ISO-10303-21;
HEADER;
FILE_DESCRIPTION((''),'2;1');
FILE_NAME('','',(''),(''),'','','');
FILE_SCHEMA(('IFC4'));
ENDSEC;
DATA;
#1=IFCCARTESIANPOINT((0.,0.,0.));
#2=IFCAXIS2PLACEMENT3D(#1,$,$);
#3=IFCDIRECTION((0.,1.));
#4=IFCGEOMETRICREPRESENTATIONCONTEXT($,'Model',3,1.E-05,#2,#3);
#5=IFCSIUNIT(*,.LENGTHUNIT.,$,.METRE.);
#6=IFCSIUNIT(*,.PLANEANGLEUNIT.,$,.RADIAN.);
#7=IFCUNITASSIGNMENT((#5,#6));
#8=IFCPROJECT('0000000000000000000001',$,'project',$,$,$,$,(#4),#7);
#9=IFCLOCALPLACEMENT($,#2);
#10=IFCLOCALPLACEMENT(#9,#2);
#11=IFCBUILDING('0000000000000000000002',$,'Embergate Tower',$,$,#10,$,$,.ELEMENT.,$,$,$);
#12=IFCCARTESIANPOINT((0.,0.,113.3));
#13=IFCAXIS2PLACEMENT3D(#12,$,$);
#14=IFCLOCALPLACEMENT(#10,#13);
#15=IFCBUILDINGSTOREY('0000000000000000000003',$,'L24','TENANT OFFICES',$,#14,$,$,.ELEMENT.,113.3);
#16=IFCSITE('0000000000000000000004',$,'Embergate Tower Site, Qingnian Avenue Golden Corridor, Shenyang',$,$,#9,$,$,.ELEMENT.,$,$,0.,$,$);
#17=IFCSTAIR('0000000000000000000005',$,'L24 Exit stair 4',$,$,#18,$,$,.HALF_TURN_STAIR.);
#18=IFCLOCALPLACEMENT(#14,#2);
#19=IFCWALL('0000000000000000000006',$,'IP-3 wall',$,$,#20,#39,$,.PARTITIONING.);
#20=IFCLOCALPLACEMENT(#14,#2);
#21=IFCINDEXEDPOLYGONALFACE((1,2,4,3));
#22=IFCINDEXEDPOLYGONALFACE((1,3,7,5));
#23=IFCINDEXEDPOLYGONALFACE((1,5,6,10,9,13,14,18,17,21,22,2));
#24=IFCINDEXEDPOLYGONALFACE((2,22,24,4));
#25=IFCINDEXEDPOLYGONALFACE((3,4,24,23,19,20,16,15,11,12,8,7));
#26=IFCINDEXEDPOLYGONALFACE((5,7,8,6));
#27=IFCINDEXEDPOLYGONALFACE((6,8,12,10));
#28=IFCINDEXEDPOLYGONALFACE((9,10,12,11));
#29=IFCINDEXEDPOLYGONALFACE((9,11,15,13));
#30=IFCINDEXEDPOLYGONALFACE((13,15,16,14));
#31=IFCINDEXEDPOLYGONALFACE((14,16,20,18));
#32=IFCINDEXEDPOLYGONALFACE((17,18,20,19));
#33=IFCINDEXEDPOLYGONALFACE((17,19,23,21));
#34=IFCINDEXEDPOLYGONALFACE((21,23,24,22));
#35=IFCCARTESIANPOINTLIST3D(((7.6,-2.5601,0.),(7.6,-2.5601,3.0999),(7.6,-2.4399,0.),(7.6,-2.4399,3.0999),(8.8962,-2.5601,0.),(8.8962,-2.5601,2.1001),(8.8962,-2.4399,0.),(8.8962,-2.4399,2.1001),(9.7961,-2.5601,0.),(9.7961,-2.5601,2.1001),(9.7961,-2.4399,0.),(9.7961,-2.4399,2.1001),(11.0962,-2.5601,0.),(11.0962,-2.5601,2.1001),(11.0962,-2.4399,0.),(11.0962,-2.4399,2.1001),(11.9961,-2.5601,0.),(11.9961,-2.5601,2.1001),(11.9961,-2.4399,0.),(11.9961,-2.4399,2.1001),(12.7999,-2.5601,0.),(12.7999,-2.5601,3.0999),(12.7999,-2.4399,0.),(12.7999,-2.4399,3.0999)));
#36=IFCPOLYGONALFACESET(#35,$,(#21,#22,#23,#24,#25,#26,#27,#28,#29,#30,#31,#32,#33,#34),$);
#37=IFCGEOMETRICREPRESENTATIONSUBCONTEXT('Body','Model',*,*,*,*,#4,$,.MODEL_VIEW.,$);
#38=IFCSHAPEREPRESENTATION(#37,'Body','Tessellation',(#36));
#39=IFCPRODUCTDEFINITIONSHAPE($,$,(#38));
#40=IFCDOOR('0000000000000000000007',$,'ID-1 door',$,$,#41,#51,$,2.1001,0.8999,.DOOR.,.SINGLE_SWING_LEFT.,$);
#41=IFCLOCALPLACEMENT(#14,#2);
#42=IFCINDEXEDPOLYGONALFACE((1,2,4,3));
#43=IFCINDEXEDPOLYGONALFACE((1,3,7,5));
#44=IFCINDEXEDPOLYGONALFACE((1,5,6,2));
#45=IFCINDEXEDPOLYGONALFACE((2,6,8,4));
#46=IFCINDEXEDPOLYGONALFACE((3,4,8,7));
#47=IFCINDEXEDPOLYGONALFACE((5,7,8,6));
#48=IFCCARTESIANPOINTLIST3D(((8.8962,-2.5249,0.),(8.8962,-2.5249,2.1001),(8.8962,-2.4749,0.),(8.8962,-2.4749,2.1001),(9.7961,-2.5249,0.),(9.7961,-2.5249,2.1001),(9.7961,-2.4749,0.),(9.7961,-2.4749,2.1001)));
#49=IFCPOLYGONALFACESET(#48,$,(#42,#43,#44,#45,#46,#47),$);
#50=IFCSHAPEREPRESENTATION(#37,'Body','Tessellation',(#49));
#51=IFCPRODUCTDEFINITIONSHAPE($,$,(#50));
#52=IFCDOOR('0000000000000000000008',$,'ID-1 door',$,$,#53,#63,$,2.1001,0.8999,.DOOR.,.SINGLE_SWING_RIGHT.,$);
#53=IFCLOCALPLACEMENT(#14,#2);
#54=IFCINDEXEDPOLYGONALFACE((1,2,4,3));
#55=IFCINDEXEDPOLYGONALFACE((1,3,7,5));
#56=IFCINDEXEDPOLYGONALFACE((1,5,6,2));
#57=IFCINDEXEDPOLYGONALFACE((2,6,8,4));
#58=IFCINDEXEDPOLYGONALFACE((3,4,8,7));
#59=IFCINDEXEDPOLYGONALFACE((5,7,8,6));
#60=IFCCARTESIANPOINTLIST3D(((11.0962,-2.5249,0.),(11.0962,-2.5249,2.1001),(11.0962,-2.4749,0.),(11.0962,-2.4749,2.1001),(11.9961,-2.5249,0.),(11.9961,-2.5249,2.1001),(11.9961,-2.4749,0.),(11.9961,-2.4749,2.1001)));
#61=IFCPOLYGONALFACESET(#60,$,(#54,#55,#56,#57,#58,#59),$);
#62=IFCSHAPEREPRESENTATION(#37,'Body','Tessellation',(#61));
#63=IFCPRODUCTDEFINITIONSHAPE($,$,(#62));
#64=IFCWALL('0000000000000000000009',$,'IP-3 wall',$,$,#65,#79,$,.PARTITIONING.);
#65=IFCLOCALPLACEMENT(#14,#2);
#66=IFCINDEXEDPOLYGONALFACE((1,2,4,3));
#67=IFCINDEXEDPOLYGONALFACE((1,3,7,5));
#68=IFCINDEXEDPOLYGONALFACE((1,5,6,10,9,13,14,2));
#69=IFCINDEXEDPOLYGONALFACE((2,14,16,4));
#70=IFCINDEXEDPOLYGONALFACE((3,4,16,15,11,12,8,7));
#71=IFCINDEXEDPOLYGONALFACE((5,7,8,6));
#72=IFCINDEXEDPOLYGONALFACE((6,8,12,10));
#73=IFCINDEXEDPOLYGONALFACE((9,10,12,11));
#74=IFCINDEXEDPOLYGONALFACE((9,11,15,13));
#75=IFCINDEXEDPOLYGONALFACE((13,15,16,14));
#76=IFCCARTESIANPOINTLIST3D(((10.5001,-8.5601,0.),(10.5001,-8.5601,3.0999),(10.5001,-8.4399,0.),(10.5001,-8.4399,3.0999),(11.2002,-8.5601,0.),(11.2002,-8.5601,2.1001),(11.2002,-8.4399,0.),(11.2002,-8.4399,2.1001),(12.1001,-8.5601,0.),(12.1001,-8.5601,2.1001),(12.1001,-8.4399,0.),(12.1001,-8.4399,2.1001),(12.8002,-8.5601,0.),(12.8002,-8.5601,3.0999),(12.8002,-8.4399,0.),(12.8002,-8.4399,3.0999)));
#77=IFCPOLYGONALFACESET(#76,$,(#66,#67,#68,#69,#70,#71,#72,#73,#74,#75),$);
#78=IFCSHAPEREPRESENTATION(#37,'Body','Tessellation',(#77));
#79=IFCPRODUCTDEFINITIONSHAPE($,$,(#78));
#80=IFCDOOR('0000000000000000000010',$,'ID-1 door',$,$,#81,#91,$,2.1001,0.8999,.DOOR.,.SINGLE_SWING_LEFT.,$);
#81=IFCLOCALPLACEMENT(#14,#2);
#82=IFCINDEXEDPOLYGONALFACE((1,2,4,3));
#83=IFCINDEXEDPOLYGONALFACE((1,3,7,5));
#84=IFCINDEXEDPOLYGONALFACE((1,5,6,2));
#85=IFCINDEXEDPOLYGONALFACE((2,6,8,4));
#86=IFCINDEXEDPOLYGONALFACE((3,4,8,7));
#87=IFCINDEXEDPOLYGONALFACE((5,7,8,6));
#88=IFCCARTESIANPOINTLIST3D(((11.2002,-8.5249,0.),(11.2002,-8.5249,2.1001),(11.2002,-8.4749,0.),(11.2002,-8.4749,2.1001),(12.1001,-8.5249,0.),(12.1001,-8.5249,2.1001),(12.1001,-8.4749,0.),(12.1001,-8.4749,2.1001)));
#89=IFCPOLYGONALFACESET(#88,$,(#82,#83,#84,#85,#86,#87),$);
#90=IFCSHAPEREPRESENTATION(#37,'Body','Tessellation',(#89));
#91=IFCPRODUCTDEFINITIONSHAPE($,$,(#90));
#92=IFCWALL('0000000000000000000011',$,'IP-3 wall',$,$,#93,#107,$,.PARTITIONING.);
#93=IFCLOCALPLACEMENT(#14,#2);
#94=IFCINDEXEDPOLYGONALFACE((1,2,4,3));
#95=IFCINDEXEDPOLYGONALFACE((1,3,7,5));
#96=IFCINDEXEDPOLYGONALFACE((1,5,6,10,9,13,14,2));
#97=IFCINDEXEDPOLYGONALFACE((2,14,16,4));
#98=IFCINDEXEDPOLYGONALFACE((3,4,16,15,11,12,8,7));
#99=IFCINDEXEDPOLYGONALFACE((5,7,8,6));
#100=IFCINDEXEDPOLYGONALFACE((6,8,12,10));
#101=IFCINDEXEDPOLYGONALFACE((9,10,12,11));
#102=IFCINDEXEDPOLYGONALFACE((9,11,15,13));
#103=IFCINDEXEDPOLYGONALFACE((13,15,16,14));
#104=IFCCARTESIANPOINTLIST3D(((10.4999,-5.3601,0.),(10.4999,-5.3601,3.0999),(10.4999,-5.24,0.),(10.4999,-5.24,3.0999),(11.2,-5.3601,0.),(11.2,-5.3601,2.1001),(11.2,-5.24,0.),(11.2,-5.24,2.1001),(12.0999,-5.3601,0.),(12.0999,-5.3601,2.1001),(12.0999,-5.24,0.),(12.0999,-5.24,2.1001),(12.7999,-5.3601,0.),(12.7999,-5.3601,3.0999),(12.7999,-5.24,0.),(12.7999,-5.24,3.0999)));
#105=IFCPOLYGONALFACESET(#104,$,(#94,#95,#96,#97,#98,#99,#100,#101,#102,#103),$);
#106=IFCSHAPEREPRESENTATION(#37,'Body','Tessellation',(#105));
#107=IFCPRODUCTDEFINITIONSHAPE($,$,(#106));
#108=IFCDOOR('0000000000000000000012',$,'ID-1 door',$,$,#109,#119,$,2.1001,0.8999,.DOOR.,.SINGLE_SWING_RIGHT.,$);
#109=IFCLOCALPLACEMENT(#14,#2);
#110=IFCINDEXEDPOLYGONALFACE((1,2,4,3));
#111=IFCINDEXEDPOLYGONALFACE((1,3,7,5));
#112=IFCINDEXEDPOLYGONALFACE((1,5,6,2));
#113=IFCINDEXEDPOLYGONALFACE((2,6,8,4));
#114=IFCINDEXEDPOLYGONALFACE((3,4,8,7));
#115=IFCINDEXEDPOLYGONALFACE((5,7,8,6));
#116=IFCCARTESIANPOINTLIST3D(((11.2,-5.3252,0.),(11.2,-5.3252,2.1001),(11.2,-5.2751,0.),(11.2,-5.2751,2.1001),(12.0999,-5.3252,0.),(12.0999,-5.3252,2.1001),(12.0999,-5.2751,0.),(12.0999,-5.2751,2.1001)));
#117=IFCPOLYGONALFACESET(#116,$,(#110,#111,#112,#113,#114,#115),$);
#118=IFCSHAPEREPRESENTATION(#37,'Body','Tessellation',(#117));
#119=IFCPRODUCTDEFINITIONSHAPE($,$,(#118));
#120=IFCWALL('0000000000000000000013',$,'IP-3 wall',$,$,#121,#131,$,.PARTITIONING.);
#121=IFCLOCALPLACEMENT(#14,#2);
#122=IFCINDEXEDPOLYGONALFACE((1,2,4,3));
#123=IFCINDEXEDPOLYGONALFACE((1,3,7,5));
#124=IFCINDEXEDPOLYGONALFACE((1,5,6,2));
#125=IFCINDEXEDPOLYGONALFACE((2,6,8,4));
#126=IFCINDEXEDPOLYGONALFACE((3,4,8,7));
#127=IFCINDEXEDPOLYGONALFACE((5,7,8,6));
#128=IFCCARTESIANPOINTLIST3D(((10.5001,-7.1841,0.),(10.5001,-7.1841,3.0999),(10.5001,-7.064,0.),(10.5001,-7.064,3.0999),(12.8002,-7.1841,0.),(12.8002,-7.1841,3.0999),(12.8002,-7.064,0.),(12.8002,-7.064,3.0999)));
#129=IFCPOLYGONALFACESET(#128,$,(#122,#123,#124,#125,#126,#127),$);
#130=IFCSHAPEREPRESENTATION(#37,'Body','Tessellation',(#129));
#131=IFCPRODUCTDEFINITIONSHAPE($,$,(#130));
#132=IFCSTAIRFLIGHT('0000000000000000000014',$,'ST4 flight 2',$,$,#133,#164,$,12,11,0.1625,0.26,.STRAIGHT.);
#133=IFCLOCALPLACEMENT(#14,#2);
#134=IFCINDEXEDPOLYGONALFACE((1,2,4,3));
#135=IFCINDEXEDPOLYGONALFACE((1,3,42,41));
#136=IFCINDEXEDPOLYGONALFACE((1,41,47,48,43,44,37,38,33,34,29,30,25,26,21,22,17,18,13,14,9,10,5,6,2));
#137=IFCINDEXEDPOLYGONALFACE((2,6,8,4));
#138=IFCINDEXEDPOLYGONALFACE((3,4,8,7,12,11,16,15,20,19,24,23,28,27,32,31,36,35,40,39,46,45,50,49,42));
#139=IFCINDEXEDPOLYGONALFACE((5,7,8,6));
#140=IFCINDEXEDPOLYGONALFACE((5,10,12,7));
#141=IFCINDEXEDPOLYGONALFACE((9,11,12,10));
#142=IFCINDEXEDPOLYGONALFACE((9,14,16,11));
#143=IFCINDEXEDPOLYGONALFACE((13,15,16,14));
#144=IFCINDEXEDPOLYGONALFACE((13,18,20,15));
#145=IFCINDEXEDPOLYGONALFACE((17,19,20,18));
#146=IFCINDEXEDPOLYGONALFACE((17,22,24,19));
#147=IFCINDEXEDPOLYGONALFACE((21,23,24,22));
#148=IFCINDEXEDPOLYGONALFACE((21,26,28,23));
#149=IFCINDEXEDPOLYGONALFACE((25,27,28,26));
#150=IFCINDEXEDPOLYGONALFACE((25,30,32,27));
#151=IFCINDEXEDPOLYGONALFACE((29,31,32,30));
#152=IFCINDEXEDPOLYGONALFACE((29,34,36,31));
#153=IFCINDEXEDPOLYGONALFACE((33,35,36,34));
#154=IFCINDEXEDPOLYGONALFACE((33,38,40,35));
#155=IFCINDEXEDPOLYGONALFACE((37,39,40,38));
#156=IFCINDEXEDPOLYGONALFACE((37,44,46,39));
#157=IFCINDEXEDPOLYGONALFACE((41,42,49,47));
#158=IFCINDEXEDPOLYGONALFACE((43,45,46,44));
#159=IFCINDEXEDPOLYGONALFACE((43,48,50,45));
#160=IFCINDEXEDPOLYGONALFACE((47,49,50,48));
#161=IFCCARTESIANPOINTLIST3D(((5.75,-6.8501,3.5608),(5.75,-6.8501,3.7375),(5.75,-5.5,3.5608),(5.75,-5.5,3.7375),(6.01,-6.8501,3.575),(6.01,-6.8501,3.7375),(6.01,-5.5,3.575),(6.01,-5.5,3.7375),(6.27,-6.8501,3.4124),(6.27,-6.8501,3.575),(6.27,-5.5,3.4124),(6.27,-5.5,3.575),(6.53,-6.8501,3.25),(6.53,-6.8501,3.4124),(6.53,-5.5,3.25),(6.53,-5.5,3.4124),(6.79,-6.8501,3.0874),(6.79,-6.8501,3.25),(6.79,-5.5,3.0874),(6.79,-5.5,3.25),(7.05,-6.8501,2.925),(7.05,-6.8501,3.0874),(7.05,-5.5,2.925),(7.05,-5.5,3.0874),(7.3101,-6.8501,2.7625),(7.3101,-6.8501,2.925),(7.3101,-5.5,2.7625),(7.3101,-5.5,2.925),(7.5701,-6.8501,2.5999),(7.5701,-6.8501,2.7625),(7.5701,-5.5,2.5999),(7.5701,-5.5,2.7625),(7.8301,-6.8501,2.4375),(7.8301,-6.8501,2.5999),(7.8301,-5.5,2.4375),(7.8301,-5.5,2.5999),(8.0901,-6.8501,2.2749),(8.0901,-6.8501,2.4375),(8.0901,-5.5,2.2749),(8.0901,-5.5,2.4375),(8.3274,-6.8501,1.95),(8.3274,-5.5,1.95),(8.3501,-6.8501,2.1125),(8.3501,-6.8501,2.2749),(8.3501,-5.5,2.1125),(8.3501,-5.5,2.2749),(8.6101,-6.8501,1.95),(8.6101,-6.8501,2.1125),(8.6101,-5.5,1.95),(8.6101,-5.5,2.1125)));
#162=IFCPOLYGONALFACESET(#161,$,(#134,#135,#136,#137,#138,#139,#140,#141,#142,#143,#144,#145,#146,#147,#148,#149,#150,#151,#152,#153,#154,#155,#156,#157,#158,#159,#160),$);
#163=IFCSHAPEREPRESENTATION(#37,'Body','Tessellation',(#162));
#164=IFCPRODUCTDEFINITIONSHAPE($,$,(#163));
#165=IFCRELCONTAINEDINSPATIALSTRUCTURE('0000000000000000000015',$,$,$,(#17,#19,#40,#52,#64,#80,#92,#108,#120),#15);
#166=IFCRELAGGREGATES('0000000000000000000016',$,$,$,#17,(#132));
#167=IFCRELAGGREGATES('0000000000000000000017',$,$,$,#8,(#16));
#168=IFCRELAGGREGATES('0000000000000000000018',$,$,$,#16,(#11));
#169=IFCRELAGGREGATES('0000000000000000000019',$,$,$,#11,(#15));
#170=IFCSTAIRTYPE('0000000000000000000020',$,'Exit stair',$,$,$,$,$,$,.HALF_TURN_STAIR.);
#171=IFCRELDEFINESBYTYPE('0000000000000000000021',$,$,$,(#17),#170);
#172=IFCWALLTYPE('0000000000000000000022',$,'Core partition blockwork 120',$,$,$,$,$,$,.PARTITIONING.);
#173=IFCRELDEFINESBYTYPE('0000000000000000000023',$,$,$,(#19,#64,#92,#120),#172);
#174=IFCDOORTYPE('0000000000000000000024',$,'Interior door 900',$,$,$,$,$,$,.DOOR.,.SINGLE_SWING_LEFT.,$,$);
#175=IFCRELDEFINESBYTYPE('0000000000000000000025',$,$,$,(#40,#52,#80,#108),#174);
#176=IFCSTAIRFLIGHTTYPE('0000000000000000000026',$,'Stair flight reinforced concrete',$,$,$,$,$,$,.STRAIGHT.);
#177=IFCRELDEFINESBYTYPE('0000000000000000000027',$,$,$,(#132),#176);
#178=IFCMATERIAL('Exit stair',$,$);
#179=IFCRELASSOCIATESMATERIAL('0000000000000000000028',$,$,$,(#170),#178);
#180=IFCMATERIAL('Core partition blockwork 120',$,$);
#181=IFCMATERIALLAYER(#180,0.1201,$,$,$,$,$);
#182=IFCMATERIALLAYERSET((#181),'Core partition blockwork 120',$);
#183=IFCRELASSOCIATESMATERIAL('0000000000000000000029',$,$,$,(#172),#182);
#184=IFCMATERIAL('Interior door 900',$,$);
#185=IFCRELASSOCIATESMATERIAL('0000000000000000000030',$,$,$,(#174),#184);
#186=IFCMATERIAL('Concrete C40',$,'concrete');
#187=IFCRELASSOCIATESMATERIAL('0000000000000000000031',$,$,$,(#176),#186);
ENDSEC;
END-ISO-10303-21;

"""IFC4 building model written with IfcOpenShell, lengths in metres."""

from ifc_helpers import new_model, si_unit, direction, frame, frame_2d, origin, place, context, subcontext, project, spatial, polyline, rectangle, outline, extrude, source, transform, mapped, material, layer, layer_set, type_object, element, fill, aggregate, save


model = new_model("IFC4")

# Units and contexts
model_context = context("Model", 3, precision=1e-05, world=origin(), true_north=direction((0.0, 1.0)))
body_context = subcontext(model_context, "Body", "Model", "MODEL_VIEW")
ifc_project = project(units=[si_unit("LENGTHUNIT", "METRE"), si_unit("PLANEANGLEUNIT", "RADIAN")], contexts=[model_context])

# Site, building, storey
site_placement = place(None, origin())
site = spatial("IfcSite", under=ifc_project, at=site_placement, Name="Embergate Tower Site, Qingnian Avenue Golden Corridor, Shenyang", CompositionType="ELEMENT", RefElevation=0.0)
building_placement = place(site_placement, origin())
building = spatial("IfcBuilding", under=site, at=building_placement, Name="Embergate Tower", CompositionType="ELEMENT")
storey_placement = place(building_placement, frame((0.0, 0.0, 113.3)))
storey = spatial("IfcBuildingStorey", under=building, at=storey_placement, Name="L24", Description="TENANT OFFICES", CompositionType="ELEMENT", Elevation=113.3)

# Stair
ifc_material_1 = material(Name="Exit stair")
stair_type = type_object("IfcStairType", Name="Exit stair", PredefinedType="HALF_TURN_STAIR", material=ifc_material_1)
stair_placement = place(storey_placement, origin())
stair = element("IfcStair", 1, at=stair_placement, inside=storey, type_object=stair_type, Name="L24 Exit stair 4", PredefinedType="HALF_TURN_STAIR")
ifc_material_2 = material(Name="Concrete C40", Category="concrete")

# Shared definitions
ifc_material_3 = material(Name="Core partition blockwork 120")
ifc_layer_1 = layer(ifc_material_3, 0.1201)
ifc_layer_set_1 = layer_set([ifc_layer_1], Name="Core partition blockwork 120")
wall_type_1 = type_object("IfcWallType", Name="Core partition blockwork 120", PredefinedType="PARTITIONING", material=ifc_layer_set_1)
shared_shape_1 = source(origin(), body_context, "Body", "SweptSolid", [
    extrude(rectangle(XDim=0.8999, YDim=2.1001, at=frame_2d((0.45, 1.05))), frame((0.0, 0.0701, 0.0), z_axis=(0.0, -1.0, 0.0), x_axis=(1.0, 0.0, 0.0)), (0.0, 0.0, 1.0), 0.1401),
])
ifc_material_4 = material(Name="Interior door 900")
door_type_1 = type_object("IfcDoorType", Name="Interior door 900", OperationType="SINGLE_SWING_LEFT", PredefinedType="DOOR", material=ifc_material_4)
shared_shape_2 = source(origin(), body_context, "Body", "SweptSolid", [
    extrude(rectangle(XDim=0.8999, YDim=2.1001, at=frame_2d((0.45, 1.05))), frame((0.0, 0.0249, 0.0), z_axis=(0.0, -1.0, 0.0), x_axis=(1.0, 0.0, 0.0)), (0.0, 0.0, 1.0), 0.05),
])

# Wall, openings, doors
shared_shape_3 = source(origin(), body_context, "Body", "SweptSolid", [
    extrude(rectangle(XDim=5.2, YDim=0.1201, at=frame_2d((2.6001, 0.0))), origin(), (0.0, 0.0, 1.0), 3.0999),
])
wall_1_placement = place(storey_placement, frame((12.8, -2.5, 0.0), z_axis=(0.0, 0.0, 1.0), x_axis=(-1.0, 0.0, 0.0)))
wall_1 = element("IfcWall", 2, at=wall_1_placement, inside=storey, type_object=wall_type_1, Name="IP-3 wall", PredefinedType="PARTITIONING", context=body_context, shape_type="MappedRepresentation", body=[
    mapped(shared_shape_3, transform((0.0, 0.0, 0.0))),
])
opening_1_placement = place(wall_1_placement, frame((3.0039, 0.0, 0.0)))
opening_1 = element("IfcOpeningElement", 3, at=opening_1_placement, cuts=wall_1, PredefinedType="OPENING", context=body_context, shape_type="MappedRepresentation", body=[
    mapped(shared_shape_1, transform((0.0, 0.0, 0.0))),
])
opening_2_placement = place(wall_1_placement, frame((0.804, 0.0, 0.0)))
opening_2 = element("IfcOpeningElement", 4, at=opening_2_placement, cuts=wall_1, PredefinedType="OPENING", context=body_context, shape_type="MappedRepresentation", body=[
    mapped(shared_shape_1, transform((0.0, 0.0, 0.0))),
])
door_1_placement = place(opening_1_placement, origin())
door_1 = element("IfcDoor", 5, at=door_1_placement, inside=storey, type_object=door_type_1, Name="ID-1 door", OperationType="SINGLE_SWING_LEFT", OverallHeight=2.1001, OverallWidth=0.8999, PredefinedType="DOOR", context=body_context, shape_type="MappedRepresentation", body=[
    mapped(shared_shape_2, transform((0.0, 0.0, 0.0))),
])
fill(opening_1, door_1)
door_2_placement = place(opening_2_placement, origin())
door_2 = element("IfcDoor", 6, at=door_2_placement, inside=storey, type_object=door_type_1, Name="ID-1 door", OperationType="SINGLE_SWING_RIGHT", OverallHeight=2.1001, OverallWidth=0.8999, PredefinedType="DOOR", context=body_context, shape_type="MappedRepresentation", body=[
    mapped(shared_shape_2, transform((0.0, 0.0, 0.0))),
])
fill(opening_2, door_2)

# Walls, openings, doors
shared_shape_4 = source(origin(), body_context, "Body", "SweptSolid", [
    extrude(rectangle(XDim=2.3, YDim=0.1201, at=frame_2d((1.1499, 0.0))), origin(), (0.0, 0.0, 1.0), 3.0999),
])
wall_2_placement = place(storey_placement, frame((12.8, -8.5, 0.0), z_axis=(0.0, 0.0, 1.0), x_axis=(-1.0, 0.0, 0.0)))
wall_2 = element("IfcWall", 7, at=wall_2_placement, inside=storey, type_object=wall_type_1, Name="IP-3 wall", PredefinedType="PARTITIONING", context=body_context, shape_type="MappedRepresentation", body=[
    mapped(shared_shape_4, transform((0.0, 0.0, 0.0))),
])
opening_3_placement = place(wall_2_placement, frame((0.7, 0.0, 0.0)))
opening_3 = element("IfcOpeningElement", 8, at=opening_3_placement, cuts=wall_2, PredefinedType="OPENING", context=body_context, shape_type="MappedRepresentation", body=[
    mapped(shared_shape_1, transform((0.0, 0.0, 0.0))),
])
door_3_placement = place(opening_3_placement, origin())
door_3 = element("IfcDoor", 9, at=door_3_placement, inside=storey, type_object=door_type_1, Name="ID-1 door", OperationType="SINGLE_SWING_LEFT", OverallHeight=2.1001, OverallWidth=0.8999, PredefinedType="DOOR", context=body_context, shape_type="MappedRepresentation", body=[
    mapped(shared_shape_2, transform((0.0, 0.0, 0.0))),
])
fill(opening_3, door_3)
wall_3_placement = place(storey_placement, frame((10.5, -5.3, 0.0), z_axis=(0.0, 0.0, 1.0), x_axis=(1.0, 0.0, 0.0)))
wall_3 = element("IfcWall", 10, at=wall_3_placement, inside=storey, type_object=wall_type_1, Name="IP-3 wall", PredefinedType="PARTITIONING", context=body_context, shape_type="MappedRepresentation", body=[
    mapped(shared_shape_4, transform((0.0, 0.0, 0.0))),
])
opening_4_placement = place(wall_3_placement, frame((0.7, 0.0, 0.0)))
opening_4 = element("IfcOpeningElement", 11, at=opening_4_placement, cuts=wall_3, PredefinedType="OPENING", context=body_context, shape_type="MappedRepresentation", body=[
    mapped(shared_shape_1, transform((0.0, 0.0, 0.0))),
])
door_4_placement = place(opening_4_placement, origin())
door_4 = element("IfcDoor", 12, at=door_4_placement, inside=storey, type_object=door_type_1, Name="ID-1 door", OperationType="SINGLE_SWING_RIGHT", OverallHeight=2.1001, OverallWidth=0.8999, PredefinedType="DOOR", context=body_context, shape_type="MappedRepresentation", body=[
    mapped(shared_shape_2, transform((0.0, 0.0, 0.0))),
])
fill(opening_4, door_4)

# Wall
wall_4_placement = place(storey_placement, frame((12.8, -7.124, 0.0), z_axis=(0.0, 0.0, 1.0), x_axis=(-1.0, 0.0, 0.0)))
element("IfcWall", 13, at=wall_4_placement, inside=storey, type_object=wall_type_1, Name="IP-3 wall", PredefinedType="PARTITIONING", context=body_context, shape_type="MappedRepresentation", body=[
    mapped(shared_shape_4, transform((0.0, 0.0, 0.0))),
])

# Stair flight
stair_flight_type = type_object("IfcStairFlightType", Name="Stair flight reinforced concrete", PredefinedType="STRAIGHT", material=ifc_material_2)
shared_shape_5 = source(origin(), body_context, "Body", "SweptSolid", [
    extrude(outline(polyline([(0.0, 0.0), (0.0, 0.1626), (0.26, 0.1626), (0.26, 0.325), (0.52, 0.325), (0.52, 0.4875), (0.78, 0.4875), (0.78, 0.6499), (1.04, 0.6499), (1.04, 0.8125), (1.3, 0.8125), (1.3, 0.9751), (1.5601, 0.9751), (1.5601, 1.1375), (1.8201, 1.1375), (1.8201, 1.3), (2.0801, 1.3), (2.0801, 1.4624), (2.3401, 1.4624), (2.3401, 1.625), (2.6001, 1.625), (2.6001, 1.7876), (2.8601, 1.7876), (2.8601, 1.95), (2.8601, 1.6108), (0.2827, 0.0), (0.0, 0.0)])), frame((0.0, 0.675, 0.0), z_axis=(0.0, -1.0, 0.0), x_axis=(1.0, 0.0, 0.0)), (0.0, 0.0, 1.0), 1.3501),
])
stair_flight_placement = place(storey_placement, frame((8.6101, -6.175, 1.95), z_axis=(0.0, 0.0, 1.0), x_axis=(-1.0, 0.0, 0.0)))
stair_flight = element("IfcStairFlight", 14, at=stair_flight_placement, type_object=stair_flight_type, Name="ST4 flight 2", NumberOfRisers=12, NumberOfTreads=11, PredefinedType="STRAIGHT", RiserHeight=0.1625, TreadLength=0.26, context=body_context, shape_type="MappedRepresentation", body=[
    mapped(shared_shape_5, transform((0.0, 0.0, 0.0))),
])
aggregate(stair, [stair_flight])

save(model, "model.ifc")
